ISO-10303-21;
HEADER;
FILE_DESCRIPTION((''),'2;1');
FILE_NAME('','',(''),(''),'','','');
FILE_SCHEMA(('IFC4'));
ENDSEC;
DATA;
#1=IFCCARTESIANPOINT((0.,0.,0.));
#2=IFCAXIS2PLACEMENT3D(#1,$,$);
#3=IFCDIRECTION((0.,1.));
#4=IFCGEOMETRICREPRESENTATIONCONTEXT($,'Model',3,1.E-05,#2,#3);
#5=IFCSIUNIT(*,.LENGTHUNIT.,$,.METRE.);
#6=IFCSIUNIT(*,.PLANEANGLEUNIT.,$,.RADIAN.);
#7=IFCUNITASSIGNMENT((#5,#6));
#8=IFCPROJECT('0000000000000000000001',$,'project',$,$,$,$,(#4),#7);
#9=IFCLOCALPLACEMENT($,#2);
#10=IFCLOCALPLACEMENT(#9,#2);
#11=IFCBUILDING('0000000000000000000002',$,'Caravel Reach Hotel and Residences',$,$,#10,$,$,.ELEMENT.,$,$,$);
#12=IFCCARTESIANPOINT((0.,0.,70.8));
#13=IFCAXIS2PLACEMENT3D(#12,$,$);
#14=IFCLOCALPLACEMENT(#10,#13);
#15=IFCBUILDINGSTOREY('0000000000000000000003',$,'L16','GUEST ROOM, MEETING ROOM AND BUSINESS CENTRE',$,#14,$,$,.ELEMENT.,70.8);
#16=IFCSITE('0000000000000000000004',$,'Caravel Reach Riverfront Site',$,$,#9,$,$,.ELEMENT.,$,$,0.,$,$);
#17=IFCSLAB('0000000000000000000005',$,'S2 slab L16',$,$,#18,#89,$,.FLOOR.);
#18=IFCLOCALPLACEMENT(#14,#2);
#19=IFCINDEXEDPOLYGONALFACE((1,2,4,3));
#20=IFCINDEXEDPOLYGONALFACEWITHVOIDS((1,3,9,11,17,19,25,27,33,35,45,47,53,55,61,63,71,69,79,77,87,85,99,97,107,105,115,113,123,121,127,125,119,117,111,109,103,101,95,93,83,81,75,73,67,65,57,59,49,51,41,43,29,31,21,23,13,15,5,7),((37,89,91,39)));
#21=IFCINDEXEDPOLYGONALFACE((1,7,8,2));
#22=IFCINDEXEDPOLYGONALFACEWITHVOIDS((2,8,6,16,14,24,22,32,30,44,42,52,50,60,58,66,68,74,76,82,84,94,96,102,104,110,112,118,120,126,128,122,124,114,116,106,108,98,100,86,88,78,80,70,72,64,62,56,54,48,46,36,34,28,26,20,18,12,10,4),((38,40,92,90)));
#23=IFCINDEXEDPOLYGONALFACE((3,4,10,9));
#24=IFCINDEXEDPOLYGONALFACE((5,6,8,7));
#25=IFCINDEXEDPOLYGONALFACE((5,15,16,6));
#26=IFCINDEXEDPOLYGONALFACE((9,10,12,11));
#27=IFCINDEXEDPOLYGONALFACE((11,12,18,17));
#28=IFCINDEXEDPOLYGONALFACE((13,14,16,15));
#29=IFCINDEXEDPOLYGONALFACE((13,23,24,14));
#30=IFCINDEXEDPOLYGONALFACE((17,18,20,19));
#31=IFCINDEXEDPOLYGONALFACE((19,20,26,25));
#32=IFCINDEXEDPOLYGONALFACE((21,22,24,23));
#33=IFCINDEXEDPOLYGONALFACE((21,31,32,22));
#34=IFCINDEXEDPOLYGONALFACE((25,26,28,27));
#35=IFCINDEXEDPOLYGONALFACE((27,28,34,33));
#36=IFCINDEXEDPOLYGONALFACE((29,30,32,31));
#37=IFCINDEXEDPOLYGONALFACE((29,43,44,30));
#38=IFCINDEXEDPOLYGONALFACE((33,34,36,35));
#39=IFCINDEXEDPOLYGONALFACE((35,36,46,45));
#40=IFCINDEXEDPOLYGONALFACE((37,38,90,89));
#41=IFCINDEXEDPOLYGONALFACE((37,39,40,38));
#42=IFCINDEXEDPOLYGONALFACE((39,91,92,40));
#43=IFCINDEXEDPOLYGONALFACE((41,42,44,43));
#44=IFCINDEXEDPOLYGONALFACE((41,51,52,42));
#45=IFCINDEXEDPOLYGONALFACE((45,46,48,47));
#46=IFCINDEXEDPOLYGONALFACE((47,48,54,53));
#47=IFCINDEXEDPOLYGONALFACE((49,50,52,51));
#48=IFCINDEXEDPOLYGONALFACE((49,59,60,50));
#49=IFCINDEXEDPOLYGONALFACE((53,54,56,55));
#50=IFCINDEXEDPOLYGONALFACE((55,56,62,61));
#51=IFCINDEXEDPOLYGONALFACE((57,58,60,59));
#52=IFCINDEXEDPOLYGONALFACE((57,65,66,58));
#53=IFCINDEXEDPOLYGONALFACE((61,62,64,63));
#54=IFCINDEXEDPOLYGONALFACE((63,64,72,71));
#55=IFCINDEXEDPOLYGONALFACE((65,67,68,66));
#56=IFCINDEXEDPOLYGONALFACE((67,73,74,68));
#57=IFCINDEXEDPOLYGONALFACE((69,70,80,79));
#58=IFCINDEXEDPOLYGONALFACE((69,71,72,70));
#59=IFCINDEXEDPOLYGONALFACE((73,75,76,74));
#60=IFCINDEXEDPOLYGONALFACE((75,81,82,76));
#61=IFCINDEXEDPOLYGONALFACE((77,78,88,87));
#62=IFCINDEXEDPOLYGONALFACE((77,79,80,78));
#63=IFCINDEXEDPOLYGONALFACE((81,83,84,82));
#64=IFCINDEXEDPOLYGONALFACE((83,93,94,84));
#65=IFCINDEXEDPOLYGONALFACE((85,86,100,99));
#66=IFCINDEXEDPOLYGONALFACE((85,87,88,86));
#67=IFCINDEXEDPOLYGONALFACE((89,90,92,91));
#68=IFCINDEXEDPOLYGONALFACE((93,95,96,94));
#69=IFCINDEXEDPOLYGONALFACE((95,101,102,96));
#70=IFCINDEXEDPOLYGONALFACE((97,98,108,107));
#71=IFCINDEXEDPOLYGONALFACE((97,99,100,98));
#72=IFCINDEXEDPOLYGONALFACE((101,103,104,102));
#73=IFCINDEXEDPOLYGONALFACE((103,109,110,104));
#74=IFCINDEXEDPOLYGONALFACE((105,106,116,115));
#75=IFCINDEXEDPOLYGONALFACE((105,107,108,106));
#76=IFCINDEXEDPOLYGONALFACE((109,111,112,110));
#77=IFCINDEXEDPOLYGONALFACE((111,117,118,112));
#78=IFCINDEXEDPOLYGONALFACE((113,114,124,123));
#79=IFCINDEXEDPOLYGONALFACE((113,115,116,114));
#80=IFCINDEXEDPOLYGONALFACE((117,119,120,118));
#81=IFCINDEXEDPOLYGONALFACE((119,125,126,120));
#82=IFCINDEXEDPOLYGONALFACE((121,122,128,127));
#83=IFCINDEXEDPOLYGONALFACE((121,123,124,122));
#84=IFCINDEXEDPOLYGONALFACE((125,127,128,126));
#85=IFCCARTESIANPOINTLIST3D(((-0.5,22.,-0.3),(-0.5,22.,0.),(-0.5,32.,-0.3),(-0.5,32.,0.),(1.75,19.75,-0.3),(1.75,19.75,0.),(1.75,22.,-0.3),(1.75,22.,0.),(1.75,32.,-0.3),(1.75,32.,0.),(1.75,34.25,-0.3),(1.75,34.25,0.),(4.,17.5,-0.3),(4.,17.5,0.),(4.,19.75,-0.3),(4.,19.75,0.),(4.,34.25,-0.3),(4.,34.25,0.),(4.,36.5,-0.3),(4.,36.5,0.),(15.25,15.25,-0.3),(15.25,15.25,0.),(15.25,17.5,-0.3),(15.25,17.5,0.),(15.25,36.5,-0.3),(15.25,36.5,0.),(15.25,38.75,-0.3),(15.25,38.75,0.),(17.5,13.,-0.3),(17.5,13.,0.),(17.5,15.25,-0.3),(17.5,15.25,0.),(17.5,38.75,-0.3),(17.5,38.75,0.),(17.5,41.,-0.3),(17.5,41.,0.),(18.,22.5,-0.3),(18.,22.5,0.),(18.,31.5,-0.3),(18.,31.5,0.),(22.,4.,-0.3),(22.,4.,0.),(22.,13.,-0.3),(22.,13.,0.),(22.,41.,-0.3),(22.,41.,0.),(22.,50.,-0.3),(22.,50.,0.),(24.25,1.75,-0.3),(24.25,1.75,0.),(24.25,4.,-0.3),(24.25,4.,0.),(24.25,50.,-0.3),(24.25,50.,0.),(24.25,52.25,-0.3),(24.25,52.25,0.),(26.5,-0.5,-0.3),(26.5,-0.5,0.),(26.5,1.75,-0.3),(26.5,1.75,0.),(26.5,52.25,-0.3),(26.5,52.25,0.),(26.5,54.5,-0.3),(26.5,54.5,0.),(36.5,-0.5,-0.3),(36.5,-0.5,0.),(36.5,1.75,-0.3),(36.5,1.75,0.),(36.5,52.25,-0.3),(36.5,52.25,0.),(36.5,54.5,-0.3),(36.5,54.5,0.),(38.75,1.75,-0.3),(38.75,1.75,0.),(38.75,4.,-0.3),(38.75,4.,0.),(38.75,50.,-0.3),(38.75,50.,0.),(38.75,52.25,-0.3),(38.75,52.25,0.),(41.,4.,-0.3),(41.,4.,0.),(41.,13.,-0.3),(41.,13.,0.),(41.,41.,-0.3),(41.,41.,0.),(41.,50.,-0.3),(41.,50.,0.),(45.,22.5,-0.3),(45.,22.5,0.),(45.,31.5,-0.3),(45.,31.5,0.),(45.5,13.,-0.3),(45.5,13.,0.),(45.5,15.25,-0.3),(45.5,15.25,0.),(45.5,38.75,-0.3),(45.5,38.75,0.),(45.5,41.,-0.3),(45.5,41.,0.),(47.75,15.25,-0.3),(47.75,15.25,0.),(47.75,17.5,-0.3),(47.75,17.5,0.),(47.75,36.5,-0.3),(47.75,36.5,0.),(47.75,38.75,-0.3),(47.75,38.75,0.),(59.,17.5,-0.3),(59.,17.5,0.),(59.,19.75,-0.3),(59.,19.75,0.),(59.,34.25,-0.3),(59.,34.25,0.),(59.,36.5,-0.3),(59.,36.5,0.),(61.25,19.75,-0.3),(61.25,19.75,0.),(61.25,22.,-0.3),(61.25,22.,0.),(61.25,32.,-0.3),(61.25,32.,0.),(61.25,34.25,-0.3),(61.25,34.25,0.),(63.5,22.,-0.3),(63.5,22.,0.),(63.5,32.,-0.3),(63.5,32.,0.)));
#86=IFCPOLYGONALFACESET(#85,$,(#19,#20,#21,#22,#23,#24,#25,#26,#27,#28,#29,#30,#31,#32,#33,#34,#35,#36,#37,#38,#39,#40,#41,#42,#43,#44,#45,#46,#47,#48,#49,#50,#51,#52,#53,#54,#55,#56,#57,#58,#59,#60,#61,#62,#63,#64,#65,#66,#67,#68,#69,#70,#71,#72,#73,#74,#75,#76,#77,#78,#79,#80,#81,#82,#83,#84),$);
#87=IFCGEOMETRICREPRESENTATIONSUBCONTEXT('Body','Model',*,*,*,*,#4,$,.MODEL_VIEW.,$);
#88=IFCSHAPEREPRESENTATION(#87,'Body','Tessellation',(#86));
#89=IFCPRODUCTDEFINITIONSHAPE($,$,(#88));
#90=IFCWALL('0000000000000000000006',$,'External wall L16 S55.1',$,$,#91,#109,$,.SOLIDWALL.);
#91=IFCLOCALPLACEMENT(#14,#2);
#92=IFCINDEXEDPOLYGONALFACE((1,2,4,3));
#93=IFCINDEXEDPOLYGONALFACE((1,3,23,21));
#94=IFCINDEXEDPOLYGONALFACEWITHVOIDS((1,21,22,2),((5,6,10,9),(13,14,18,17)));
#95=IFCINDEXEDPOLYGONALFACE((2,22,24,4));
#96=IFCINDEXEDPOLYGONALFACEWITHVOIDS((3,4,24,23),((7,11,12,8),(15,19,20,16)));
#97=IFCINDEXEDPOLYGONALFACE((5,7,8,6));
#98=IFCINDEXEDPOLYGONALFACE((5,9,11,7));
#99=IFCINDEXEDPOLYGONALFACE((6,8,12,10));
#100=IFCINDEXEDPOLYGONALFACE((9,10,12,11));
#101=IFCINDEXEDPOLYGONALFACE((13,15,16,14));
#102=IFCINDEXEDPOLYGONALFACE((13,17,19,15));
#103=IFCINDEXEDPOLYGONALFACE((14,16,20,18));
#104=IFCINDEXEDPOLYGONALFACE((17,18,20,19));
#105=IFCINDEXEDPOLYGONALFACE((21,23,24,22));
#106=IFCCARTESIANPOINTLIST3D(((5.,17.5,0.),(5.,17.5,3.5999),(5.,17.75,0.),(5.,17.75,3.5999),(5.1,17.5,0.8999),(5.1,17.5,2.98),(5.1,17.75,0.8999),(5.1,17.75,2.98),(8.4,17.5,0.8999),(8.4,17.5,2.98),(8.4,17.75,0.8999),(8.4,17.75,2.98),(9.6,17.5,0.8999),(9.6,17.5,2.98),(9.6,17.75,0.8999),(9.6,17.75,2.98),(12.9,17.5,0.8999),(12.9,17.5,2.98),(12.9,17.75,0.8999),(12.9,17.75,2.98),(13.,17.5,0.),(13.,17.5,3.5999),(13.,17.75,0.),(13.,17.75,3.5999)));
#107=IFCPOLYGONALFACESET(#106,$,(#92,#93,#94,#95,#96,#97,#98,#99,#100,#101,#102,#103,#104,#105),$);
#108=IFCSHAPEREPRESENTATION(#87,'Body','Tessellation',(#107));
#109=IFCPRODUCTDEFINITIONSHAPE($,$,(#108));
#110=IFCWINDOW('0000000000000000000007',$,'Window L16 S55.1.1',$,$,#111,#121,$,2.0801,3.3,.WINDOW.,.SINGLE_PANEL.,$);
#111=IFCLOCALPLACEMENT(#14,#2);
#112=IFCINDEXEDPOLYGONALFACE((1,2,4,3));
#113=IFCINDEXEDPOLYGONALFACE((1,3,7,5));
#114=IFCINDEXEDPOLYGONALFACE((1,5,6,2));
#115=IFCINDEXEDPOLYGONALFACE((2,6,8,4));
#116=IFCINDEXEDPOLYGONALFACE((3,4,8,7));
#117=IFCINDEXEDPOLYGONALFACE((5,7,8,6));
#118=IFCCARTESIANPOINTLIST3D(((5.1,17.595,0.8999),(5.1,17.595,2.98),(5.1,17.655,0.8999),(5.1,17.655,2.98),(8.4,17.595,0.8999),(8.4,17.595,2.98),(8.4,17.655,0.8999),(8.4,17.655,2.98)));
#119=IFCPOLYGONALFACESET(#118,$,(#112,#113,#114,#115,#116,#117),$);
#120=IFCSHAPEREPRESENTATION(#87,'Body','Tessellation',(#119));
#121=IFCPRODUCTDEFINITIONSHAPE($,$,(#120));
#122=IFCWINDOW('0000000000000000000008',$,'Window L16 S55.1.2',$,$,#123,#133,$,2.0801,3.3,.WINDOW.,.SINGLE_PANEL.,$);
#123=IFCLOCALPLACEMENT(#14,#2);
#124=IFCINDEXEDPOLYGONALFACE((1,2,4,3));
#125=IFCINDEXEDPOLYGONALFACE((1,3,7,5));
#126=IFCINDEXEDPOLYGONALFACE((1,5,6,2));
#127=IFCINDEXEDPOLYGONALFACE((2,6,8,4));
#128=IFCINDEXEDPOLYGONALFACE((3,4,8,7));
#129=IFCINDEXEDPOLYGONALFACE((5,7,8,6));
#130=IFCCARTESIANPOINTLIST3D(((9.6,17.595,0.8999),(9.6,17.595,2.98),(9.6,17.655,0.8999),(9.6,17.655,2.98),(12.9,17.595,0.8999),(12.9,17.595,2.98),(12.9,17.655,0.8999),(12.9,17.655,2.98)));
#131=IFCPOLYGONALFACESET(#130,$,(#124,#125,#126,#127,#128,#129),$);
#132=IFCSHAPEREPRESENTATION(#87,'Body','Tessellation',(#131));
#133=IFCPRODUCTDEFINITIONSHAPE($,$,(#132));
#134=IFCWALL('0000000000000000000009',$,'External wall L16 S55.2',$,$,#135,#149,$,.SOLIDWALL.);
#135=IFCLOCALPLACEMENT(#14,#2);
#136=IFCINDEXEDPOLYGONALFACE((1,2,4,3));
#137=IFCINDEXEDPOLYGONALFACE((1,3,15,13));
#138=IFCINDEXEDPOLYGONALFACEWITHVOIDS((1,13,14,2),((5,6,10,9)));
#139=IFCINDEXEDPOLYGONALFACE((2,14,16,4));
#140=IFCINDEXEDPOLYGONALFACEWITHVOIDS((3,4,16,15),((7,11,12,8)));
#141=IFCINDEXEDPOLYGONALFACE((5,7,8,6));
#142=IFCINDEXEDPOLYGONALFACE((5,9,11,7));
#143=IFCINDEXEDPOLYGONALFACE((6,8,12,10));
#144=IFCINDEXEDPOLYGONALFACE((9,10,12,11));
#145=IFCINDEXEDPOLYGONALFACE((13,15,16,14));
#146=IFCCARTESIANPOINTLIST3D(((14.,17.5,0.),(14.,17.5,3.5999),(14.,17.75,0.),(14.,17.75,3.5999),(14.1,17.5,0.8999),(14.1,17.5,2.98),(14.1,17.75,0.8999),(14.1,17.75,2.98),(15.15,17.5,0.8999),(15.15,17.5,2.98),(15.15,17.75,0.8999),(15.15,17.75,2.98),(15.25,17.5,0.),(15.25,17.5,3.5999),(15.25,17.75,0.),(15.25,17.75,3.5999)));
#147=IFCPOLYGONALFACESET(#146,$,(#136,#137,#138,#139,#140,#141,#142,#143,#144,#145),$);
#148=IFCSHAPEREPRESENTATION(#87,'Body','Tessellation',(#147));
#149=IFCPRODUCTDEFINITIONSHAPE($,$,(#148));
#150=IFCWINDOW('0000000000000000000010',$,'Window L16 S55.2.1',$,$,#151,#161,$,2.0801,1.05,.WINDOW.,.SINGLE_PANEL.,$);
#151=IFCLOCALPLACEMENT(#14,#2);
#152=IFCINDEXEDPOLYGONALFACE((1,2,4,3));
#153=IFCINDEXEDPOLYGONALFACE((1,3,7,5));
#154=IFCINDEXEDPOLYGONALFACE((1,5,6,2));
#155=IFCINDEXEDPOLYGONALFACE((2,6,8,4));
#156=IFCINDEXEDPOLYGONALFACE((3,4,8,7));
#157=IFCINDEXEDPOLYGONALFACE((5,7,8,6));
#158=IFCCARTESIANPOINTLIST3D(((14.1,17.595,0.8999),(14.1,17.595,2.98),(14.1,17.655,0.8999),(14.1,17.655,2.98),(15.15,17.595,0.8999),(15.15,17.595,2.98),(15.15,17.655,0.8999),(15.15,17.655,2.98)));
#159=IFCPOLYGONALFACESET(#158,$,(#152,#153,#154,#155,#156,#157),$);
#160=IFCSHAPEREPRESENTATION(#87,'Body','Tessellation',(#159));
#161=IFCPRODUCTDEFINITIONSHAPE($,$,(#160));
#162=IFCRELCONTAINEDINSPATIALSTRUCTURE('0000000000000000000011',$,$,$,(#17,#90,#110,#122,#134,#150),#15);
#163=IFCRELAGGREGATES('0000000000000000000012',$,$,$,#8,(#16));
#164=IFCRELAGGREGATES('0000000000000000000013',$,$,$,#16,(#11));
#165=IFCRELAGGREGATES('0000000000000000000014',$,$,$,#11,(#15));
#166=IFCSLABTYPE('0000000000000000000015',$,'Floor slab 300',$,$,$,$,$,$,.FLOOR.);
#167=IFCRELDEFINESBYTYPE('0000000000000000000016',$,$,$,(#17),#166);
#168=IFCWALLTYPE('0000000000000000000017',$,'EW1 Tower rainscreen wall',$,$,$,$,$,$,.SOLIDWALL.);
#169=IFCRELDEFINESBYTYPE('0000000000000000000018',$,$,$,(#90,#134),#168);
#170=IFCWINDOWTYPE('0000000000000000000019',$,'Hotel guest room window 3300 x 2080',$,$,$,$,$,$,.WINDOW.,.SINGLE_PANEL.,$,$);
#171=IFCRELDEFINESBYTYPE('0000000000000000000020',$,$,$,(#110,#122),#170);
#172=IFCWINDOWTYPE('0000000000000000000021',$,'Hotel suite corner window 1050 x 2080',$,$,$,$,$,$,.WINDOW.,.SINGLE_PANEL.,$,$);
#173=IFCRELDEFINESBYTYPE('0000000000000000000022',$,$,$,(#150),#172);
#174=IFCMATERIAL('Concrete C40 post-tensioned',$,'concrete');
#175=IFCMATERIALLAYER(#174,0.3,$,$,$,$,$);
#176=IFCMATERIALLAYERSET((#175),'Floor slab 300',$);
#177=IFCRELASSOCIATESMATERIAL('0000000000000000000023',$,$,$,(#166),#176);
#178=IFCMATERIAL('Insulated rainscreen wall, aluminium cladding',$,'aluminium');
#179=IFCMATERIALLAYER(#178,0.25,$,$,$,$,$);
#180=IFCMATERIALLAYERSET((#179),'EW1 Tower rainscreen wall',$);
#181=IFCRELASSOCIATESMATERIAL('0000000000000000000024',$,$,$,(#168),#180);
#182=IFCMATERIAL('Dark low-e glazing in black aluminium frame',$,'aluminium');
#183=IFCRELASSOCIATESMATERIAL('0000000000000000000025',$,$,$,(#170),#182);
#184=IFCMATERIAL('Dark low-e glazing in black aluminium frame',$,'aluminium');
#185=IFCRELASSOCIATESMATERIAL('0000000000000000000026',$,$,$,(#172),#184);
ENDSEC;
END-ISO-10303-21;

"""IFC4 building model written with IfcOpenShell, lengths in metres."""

from ifc_helpers import new_model, si_unit, direction, frame, frame_2d, origin, place, context, subcontext, project, spatial, polyline, rectangle, outline, extrude, material, layer, layer_set, type_object, element, fill, save


model = new_model("IFC4")

# Units and contexts
model_context = context("Model", 3, precision=1e-05, world=origin(), true_north=direction((0.0, 1.0)))
body_context = subcontext(model_context, "Body", "Model", "MODEL_VIEW")
ifc_project = project(units=[si_unit("LENGTHUNIT", "METRE"), si_unit("PLANEANGLEUNIT", "RADIAN")], contexts=[model_context])

# Site, building, storey
site_placement = place(None, origin())
site = spatial("IfcSite", under=ifc_project, at=site_placement, Name="Caravel Reach Riverfront Site", CompositionType="ELEMENT", RefElevation=0.0)
building_placement = place(site_placement, origin())
building = spatial("IfcBuilding", under=site, at=building_placement, Name="Caravel Reach Hotel and Residences", CompositionType="ELEMENT")
storey_placement = place(building_placement, frame((0.0, 0.0, 70.8)))
storey = spatial("IfcBuildingStorey", under=building, at=storey_placement, Name="L16", Description="GUEST ROOM, MEETING ROOM AND BUSINESS CENTRE", CompositionType="ELEMENT", Elevation=70.8)

# Slab
ifc_material_1 = material(Name="Concrete C40 post-tensioned", Category="concrete")
ifc_layer_1 = layer(ifc_material_1, 0.3)
ifc_layer_set_1 = layer_set([ifc_layer_1], Name="Floor slab 300")
slab_type_1 = type_object("IfcSlabType", Name="Floor slab 300", PredefinedType="FLOOR", material=ifc_layer_set_1)
slab_1_placement = place(storey_placement, frame((0.0, 0.0, -0.3)))
element("IfcSlab", 1, at=slab_1_placement, inside=storey, type_object=slab_type_1, Name="S2 slab L16", PredefinedType="FLOOR", context=body_context, shape_type="SweptSolid", body=[
    extrude(outline(polyline([(17.5, 13.0), (17.5, 15.25), (15.25, 15.25), (15.25, 17.5), (4.0, 17.5), (4.0, 19.75), (1.75, 19.75), (1.75, 22.0), (-0.5, 22.0), (-0.5, 32.0), (1.75, 32.0), (1.75, 34.25), (4.0, 34.25), (4.0, 36.5), (15.25, 36.5), (15.25, 38.75), (17.5, 38.75), (17.5, 41.0), (22.0, 41.0), (22.0, 50.0), (24.25, 50.0), (24.25, 52.25), (26.5, 52.25), (26.5, 54.5), (36.5, 54.5), (36.5, 52.25), (38.75, 52.25), (38.75, 50.0), (41.0, 50.0), (41.0, 41.0), (45.5, 41.0), (45.5, 38.75), (47.75, 38.75), (47.75, 36.5), (59.0, 36.5), (59.0, 34.25), (61.25, 34.25), (61.25, 32.0), (63.5, 32.0), (63.5, 22.0), (61.25, 22.0), (61.25, 19.75), (59.0, 19.75), (59.0, 17.5), (47.75, 17.5), (47.75, 15.25), (45.5, 15.25), (45.5, 13.0), (41.0, 13.0), (41.0, 4.0), (38.75, 4.0), (38.75, 1.75), (36.5, 1.75), (36.5, -0.5), (26.5, -0.5), (26.5, 1.75), (24.25, 1.75), (24.25, 4.0), (22.0, 4.0), (22.0, 13.0), (17.5, 13.0)]), holes=[polyline([(45.0, 31.5), (18.0, 31.5), (18.0, 22.5), (45.0, 22.5), (45.0, 31.5)])]), origin(), (0.0, 0.0, 1.0), 0.3),
])

# Wall, openings, windows
ifc_material_2 = material(Name="Insulated rainscreen wall, aluminium cladding", Category="aluminium")
ifc_layer_2 = layer(ifc_material_2, 0.25)
ifc_layer_set_2 = layer_set([ifc_layer_2], Name="EW1 Tower rainscreen wall")
wall_type_1 = type_object("IfcWallType", Name="EW1 Tower rainscreen wall", PredefinedType="SOLIDWALL", material=ifc_layer_set_2)
wall_1_placement = place(storey_placement, frame((5.0, 17.625, 0.0), z_axis=(0.0, 0.0, 1.0), x_axis=(1.0, 0.0, 0.0)))
wall_1 = element("IfcWall", 2, at=wall_1_placement, inside=storey, type_object=wall_type_1, Name="External wall L16 S55.1", PredefinedType="SOLIDWALL", context=body_context, shape_type="SweptSolid", body=[
    extrude(rectangle(XDim=8.0, YDim=0.25, at=frame_2d((4.0, 0.0))), origin(), (0.0, 0.0, 1.0), 3.5999),
])
opening_1_placement = place(wall_1_placement, frame((0.1001, 0.0, 0.8999)))
opening_1 = element("IfcOpeningElement", 3, at=opening_1_placement, cuts=wall_1, PredefinedType="OPENING", context=body_context, shape_type="SweptSolid", body=[
    extrude(rectangle(XDim=3.3, YDim=2.0801, at=frame_2d((1.6499, 1.04))), frame((0.0, 0.135, 0.0), z_axis=(0.0, -1.0, 0.0), x_axis=(1.0, 0.0, 0.0)), (0.0, 0.0, 1.0), 0.27),
])
opening_2_placement = place(wall_1_placement, frame((4.6001, 0.0, 0.8999)))
opening_2 = element("IfcOpeningElement", 4, at=opening_2_placement, cuts=wall_1, PredefinedType="OPENING", context=body_context, shape_type="SweptSolid", body=[
    extrude(rectangle(XDim=3.3, YDim=2.0801, at=frame_2d((1.6499, 1.04))), frame((0.0, 0.135, 0.0), z_axis=(0.0, -1.0, 0.0), x_axis=(1.0, 0.0, 0.0)), (0.0, 0.0, 1.0), 0.27),
])
ifc_material_3 = material(Name="Dark low-e glazing in black aluminium frame", Category="aluminium")
window_type_1 = type_object("IfcWindowType", Name="Hotel guest room window 3300 x 2080", PartitioningType="SINGLE_PANEL", PredefinedType="WINDOW", material=ifc_material_3)
window_1_placement = place(opening_1_placement, origin())
window_1 = element("IfcWindow", 5, at=window_1_placement, inside=storey, type_object=window_type_1, Name="Window L16 S55.1.1", OverallHeight=2.0801, OverallWidth=3.3, PartitioningType="SINGLE_PANEL", PredefinedType="WINDOW", context=body_context, shape_type="SweptSolid", body=[
    extrude(rectangle(XDim=3.3, YDim=2.0801, at=frame_2d((1.6499, 1.04))), frame((0.0, 0.03, 0.0), z_axis=(0.0, -1.0, 0.0), x_axis=(1.0, 0.0, 0.0)), (0.0, 0.0, 1.0), 0.0601),
])
fill(opening_1, window_1)
window_2_placement = place(opening_2_placement, origin())
window_2 = element("IfcWindow", 6, at=window_2_placement, inside=storey, type_object=window_type_1, Name="Window L16 S55.1.2", OverallHeight=2.0801, OverallWidth=3.3, PartitioningType="SINGLE_PANEL", PredefinedType="WINDOW", context=body_context, shape_type="SweptSolid", body=[
    extrude(rectangle(XDim=3.3, YDim=2.0801, at=frame_2d((1.6499, 1.04))), frame((0.0, 0.03, 0.0), z_axis=(0.0, -1.0, 0.0), x_axis=(1.0, 0.0, 0.0)), (0.0, 0.0, 1.0), 0.0601),
])
fill(opening_2, window_2)

# Wall, opening, window
wall_2_placement = place(storey_placement, frame((14.0, 17.625, 0.0), z_axis=(0.0, 0.0, 1.0), x_axis=(1.0, 0.0, 0.0)))
wall_2 = element("IfcWall", 7, at=wall_2_placement, inside=storey, type_object=wall_type_1, Name="External wall L16 S55.2", PredefinedType="SOLIDWALL", context=body_context, shape_type="SweptSolid", body=[
    extrude(rectangle(XDim=1.25, YDim=0.25, at=frame_2d((0.625, 0.0))), origin(), (0.0, 0.0, 1.0), 3.5999),
])
opening_3_placement = place(wall_2_placement, frame((0.1001, 0.0, 0.8999)))
opening_3 = element("IfcOpeningElement", 8, at=opening_3_placement, cuts=wall_2, PredefinedType="OPENING", context=body_context, shape_type="SweptSolid", body=[
    extrude(rectangle(XDim=1.05, YDim=2.0801, at=frame_2d((0.5249, 1.04))), frame((0.0, 0.135, 0.0), z_axis=(0.0, -1.0, 0.0), x_axis=(1.0, 0.0, 0.0)), (0.0, 0.0, 1.0), 0.27),
])
ifc_material_4 = material(Name="Dark low-e glazing in black aluminium frame", Category="aluminium")
window_type_2 = type_object("IfcWindowType", Name="Hotel suite corner window 1050 x 2080", PartitioningType="SINGLE_PANEL", PredefinedType="WINDOW", material=ifc_material_4)
window_3_placement = place(opening_3_placement, origin())
window_3 = element("IfcWindow", 9, at=window_3_placement, inside=storey, type_object=window_type_2, Name="Window L16 S55.2.1", OverallHeight=2.0801, OverallWidth=1.05, PartitioningType="SINGLE_PANEL", PredefinedType="WINDOW", context=body_context, shape_type="SweptSolid", body=[
    extrude(rectangle(XDim=1.05, YDim=2.0801, at=frame_2d((0.5249, 1.04))), frame((0.0, 0.03, 0.0), z_axis=(0.0, -1.0, 0.0), x_axis=(1.0, 0.0, 0.0)), (0.0, 0.0, 1.0), 0.0601),
])
fill(opening_3, window_3)

save(model, "model.ifc")
